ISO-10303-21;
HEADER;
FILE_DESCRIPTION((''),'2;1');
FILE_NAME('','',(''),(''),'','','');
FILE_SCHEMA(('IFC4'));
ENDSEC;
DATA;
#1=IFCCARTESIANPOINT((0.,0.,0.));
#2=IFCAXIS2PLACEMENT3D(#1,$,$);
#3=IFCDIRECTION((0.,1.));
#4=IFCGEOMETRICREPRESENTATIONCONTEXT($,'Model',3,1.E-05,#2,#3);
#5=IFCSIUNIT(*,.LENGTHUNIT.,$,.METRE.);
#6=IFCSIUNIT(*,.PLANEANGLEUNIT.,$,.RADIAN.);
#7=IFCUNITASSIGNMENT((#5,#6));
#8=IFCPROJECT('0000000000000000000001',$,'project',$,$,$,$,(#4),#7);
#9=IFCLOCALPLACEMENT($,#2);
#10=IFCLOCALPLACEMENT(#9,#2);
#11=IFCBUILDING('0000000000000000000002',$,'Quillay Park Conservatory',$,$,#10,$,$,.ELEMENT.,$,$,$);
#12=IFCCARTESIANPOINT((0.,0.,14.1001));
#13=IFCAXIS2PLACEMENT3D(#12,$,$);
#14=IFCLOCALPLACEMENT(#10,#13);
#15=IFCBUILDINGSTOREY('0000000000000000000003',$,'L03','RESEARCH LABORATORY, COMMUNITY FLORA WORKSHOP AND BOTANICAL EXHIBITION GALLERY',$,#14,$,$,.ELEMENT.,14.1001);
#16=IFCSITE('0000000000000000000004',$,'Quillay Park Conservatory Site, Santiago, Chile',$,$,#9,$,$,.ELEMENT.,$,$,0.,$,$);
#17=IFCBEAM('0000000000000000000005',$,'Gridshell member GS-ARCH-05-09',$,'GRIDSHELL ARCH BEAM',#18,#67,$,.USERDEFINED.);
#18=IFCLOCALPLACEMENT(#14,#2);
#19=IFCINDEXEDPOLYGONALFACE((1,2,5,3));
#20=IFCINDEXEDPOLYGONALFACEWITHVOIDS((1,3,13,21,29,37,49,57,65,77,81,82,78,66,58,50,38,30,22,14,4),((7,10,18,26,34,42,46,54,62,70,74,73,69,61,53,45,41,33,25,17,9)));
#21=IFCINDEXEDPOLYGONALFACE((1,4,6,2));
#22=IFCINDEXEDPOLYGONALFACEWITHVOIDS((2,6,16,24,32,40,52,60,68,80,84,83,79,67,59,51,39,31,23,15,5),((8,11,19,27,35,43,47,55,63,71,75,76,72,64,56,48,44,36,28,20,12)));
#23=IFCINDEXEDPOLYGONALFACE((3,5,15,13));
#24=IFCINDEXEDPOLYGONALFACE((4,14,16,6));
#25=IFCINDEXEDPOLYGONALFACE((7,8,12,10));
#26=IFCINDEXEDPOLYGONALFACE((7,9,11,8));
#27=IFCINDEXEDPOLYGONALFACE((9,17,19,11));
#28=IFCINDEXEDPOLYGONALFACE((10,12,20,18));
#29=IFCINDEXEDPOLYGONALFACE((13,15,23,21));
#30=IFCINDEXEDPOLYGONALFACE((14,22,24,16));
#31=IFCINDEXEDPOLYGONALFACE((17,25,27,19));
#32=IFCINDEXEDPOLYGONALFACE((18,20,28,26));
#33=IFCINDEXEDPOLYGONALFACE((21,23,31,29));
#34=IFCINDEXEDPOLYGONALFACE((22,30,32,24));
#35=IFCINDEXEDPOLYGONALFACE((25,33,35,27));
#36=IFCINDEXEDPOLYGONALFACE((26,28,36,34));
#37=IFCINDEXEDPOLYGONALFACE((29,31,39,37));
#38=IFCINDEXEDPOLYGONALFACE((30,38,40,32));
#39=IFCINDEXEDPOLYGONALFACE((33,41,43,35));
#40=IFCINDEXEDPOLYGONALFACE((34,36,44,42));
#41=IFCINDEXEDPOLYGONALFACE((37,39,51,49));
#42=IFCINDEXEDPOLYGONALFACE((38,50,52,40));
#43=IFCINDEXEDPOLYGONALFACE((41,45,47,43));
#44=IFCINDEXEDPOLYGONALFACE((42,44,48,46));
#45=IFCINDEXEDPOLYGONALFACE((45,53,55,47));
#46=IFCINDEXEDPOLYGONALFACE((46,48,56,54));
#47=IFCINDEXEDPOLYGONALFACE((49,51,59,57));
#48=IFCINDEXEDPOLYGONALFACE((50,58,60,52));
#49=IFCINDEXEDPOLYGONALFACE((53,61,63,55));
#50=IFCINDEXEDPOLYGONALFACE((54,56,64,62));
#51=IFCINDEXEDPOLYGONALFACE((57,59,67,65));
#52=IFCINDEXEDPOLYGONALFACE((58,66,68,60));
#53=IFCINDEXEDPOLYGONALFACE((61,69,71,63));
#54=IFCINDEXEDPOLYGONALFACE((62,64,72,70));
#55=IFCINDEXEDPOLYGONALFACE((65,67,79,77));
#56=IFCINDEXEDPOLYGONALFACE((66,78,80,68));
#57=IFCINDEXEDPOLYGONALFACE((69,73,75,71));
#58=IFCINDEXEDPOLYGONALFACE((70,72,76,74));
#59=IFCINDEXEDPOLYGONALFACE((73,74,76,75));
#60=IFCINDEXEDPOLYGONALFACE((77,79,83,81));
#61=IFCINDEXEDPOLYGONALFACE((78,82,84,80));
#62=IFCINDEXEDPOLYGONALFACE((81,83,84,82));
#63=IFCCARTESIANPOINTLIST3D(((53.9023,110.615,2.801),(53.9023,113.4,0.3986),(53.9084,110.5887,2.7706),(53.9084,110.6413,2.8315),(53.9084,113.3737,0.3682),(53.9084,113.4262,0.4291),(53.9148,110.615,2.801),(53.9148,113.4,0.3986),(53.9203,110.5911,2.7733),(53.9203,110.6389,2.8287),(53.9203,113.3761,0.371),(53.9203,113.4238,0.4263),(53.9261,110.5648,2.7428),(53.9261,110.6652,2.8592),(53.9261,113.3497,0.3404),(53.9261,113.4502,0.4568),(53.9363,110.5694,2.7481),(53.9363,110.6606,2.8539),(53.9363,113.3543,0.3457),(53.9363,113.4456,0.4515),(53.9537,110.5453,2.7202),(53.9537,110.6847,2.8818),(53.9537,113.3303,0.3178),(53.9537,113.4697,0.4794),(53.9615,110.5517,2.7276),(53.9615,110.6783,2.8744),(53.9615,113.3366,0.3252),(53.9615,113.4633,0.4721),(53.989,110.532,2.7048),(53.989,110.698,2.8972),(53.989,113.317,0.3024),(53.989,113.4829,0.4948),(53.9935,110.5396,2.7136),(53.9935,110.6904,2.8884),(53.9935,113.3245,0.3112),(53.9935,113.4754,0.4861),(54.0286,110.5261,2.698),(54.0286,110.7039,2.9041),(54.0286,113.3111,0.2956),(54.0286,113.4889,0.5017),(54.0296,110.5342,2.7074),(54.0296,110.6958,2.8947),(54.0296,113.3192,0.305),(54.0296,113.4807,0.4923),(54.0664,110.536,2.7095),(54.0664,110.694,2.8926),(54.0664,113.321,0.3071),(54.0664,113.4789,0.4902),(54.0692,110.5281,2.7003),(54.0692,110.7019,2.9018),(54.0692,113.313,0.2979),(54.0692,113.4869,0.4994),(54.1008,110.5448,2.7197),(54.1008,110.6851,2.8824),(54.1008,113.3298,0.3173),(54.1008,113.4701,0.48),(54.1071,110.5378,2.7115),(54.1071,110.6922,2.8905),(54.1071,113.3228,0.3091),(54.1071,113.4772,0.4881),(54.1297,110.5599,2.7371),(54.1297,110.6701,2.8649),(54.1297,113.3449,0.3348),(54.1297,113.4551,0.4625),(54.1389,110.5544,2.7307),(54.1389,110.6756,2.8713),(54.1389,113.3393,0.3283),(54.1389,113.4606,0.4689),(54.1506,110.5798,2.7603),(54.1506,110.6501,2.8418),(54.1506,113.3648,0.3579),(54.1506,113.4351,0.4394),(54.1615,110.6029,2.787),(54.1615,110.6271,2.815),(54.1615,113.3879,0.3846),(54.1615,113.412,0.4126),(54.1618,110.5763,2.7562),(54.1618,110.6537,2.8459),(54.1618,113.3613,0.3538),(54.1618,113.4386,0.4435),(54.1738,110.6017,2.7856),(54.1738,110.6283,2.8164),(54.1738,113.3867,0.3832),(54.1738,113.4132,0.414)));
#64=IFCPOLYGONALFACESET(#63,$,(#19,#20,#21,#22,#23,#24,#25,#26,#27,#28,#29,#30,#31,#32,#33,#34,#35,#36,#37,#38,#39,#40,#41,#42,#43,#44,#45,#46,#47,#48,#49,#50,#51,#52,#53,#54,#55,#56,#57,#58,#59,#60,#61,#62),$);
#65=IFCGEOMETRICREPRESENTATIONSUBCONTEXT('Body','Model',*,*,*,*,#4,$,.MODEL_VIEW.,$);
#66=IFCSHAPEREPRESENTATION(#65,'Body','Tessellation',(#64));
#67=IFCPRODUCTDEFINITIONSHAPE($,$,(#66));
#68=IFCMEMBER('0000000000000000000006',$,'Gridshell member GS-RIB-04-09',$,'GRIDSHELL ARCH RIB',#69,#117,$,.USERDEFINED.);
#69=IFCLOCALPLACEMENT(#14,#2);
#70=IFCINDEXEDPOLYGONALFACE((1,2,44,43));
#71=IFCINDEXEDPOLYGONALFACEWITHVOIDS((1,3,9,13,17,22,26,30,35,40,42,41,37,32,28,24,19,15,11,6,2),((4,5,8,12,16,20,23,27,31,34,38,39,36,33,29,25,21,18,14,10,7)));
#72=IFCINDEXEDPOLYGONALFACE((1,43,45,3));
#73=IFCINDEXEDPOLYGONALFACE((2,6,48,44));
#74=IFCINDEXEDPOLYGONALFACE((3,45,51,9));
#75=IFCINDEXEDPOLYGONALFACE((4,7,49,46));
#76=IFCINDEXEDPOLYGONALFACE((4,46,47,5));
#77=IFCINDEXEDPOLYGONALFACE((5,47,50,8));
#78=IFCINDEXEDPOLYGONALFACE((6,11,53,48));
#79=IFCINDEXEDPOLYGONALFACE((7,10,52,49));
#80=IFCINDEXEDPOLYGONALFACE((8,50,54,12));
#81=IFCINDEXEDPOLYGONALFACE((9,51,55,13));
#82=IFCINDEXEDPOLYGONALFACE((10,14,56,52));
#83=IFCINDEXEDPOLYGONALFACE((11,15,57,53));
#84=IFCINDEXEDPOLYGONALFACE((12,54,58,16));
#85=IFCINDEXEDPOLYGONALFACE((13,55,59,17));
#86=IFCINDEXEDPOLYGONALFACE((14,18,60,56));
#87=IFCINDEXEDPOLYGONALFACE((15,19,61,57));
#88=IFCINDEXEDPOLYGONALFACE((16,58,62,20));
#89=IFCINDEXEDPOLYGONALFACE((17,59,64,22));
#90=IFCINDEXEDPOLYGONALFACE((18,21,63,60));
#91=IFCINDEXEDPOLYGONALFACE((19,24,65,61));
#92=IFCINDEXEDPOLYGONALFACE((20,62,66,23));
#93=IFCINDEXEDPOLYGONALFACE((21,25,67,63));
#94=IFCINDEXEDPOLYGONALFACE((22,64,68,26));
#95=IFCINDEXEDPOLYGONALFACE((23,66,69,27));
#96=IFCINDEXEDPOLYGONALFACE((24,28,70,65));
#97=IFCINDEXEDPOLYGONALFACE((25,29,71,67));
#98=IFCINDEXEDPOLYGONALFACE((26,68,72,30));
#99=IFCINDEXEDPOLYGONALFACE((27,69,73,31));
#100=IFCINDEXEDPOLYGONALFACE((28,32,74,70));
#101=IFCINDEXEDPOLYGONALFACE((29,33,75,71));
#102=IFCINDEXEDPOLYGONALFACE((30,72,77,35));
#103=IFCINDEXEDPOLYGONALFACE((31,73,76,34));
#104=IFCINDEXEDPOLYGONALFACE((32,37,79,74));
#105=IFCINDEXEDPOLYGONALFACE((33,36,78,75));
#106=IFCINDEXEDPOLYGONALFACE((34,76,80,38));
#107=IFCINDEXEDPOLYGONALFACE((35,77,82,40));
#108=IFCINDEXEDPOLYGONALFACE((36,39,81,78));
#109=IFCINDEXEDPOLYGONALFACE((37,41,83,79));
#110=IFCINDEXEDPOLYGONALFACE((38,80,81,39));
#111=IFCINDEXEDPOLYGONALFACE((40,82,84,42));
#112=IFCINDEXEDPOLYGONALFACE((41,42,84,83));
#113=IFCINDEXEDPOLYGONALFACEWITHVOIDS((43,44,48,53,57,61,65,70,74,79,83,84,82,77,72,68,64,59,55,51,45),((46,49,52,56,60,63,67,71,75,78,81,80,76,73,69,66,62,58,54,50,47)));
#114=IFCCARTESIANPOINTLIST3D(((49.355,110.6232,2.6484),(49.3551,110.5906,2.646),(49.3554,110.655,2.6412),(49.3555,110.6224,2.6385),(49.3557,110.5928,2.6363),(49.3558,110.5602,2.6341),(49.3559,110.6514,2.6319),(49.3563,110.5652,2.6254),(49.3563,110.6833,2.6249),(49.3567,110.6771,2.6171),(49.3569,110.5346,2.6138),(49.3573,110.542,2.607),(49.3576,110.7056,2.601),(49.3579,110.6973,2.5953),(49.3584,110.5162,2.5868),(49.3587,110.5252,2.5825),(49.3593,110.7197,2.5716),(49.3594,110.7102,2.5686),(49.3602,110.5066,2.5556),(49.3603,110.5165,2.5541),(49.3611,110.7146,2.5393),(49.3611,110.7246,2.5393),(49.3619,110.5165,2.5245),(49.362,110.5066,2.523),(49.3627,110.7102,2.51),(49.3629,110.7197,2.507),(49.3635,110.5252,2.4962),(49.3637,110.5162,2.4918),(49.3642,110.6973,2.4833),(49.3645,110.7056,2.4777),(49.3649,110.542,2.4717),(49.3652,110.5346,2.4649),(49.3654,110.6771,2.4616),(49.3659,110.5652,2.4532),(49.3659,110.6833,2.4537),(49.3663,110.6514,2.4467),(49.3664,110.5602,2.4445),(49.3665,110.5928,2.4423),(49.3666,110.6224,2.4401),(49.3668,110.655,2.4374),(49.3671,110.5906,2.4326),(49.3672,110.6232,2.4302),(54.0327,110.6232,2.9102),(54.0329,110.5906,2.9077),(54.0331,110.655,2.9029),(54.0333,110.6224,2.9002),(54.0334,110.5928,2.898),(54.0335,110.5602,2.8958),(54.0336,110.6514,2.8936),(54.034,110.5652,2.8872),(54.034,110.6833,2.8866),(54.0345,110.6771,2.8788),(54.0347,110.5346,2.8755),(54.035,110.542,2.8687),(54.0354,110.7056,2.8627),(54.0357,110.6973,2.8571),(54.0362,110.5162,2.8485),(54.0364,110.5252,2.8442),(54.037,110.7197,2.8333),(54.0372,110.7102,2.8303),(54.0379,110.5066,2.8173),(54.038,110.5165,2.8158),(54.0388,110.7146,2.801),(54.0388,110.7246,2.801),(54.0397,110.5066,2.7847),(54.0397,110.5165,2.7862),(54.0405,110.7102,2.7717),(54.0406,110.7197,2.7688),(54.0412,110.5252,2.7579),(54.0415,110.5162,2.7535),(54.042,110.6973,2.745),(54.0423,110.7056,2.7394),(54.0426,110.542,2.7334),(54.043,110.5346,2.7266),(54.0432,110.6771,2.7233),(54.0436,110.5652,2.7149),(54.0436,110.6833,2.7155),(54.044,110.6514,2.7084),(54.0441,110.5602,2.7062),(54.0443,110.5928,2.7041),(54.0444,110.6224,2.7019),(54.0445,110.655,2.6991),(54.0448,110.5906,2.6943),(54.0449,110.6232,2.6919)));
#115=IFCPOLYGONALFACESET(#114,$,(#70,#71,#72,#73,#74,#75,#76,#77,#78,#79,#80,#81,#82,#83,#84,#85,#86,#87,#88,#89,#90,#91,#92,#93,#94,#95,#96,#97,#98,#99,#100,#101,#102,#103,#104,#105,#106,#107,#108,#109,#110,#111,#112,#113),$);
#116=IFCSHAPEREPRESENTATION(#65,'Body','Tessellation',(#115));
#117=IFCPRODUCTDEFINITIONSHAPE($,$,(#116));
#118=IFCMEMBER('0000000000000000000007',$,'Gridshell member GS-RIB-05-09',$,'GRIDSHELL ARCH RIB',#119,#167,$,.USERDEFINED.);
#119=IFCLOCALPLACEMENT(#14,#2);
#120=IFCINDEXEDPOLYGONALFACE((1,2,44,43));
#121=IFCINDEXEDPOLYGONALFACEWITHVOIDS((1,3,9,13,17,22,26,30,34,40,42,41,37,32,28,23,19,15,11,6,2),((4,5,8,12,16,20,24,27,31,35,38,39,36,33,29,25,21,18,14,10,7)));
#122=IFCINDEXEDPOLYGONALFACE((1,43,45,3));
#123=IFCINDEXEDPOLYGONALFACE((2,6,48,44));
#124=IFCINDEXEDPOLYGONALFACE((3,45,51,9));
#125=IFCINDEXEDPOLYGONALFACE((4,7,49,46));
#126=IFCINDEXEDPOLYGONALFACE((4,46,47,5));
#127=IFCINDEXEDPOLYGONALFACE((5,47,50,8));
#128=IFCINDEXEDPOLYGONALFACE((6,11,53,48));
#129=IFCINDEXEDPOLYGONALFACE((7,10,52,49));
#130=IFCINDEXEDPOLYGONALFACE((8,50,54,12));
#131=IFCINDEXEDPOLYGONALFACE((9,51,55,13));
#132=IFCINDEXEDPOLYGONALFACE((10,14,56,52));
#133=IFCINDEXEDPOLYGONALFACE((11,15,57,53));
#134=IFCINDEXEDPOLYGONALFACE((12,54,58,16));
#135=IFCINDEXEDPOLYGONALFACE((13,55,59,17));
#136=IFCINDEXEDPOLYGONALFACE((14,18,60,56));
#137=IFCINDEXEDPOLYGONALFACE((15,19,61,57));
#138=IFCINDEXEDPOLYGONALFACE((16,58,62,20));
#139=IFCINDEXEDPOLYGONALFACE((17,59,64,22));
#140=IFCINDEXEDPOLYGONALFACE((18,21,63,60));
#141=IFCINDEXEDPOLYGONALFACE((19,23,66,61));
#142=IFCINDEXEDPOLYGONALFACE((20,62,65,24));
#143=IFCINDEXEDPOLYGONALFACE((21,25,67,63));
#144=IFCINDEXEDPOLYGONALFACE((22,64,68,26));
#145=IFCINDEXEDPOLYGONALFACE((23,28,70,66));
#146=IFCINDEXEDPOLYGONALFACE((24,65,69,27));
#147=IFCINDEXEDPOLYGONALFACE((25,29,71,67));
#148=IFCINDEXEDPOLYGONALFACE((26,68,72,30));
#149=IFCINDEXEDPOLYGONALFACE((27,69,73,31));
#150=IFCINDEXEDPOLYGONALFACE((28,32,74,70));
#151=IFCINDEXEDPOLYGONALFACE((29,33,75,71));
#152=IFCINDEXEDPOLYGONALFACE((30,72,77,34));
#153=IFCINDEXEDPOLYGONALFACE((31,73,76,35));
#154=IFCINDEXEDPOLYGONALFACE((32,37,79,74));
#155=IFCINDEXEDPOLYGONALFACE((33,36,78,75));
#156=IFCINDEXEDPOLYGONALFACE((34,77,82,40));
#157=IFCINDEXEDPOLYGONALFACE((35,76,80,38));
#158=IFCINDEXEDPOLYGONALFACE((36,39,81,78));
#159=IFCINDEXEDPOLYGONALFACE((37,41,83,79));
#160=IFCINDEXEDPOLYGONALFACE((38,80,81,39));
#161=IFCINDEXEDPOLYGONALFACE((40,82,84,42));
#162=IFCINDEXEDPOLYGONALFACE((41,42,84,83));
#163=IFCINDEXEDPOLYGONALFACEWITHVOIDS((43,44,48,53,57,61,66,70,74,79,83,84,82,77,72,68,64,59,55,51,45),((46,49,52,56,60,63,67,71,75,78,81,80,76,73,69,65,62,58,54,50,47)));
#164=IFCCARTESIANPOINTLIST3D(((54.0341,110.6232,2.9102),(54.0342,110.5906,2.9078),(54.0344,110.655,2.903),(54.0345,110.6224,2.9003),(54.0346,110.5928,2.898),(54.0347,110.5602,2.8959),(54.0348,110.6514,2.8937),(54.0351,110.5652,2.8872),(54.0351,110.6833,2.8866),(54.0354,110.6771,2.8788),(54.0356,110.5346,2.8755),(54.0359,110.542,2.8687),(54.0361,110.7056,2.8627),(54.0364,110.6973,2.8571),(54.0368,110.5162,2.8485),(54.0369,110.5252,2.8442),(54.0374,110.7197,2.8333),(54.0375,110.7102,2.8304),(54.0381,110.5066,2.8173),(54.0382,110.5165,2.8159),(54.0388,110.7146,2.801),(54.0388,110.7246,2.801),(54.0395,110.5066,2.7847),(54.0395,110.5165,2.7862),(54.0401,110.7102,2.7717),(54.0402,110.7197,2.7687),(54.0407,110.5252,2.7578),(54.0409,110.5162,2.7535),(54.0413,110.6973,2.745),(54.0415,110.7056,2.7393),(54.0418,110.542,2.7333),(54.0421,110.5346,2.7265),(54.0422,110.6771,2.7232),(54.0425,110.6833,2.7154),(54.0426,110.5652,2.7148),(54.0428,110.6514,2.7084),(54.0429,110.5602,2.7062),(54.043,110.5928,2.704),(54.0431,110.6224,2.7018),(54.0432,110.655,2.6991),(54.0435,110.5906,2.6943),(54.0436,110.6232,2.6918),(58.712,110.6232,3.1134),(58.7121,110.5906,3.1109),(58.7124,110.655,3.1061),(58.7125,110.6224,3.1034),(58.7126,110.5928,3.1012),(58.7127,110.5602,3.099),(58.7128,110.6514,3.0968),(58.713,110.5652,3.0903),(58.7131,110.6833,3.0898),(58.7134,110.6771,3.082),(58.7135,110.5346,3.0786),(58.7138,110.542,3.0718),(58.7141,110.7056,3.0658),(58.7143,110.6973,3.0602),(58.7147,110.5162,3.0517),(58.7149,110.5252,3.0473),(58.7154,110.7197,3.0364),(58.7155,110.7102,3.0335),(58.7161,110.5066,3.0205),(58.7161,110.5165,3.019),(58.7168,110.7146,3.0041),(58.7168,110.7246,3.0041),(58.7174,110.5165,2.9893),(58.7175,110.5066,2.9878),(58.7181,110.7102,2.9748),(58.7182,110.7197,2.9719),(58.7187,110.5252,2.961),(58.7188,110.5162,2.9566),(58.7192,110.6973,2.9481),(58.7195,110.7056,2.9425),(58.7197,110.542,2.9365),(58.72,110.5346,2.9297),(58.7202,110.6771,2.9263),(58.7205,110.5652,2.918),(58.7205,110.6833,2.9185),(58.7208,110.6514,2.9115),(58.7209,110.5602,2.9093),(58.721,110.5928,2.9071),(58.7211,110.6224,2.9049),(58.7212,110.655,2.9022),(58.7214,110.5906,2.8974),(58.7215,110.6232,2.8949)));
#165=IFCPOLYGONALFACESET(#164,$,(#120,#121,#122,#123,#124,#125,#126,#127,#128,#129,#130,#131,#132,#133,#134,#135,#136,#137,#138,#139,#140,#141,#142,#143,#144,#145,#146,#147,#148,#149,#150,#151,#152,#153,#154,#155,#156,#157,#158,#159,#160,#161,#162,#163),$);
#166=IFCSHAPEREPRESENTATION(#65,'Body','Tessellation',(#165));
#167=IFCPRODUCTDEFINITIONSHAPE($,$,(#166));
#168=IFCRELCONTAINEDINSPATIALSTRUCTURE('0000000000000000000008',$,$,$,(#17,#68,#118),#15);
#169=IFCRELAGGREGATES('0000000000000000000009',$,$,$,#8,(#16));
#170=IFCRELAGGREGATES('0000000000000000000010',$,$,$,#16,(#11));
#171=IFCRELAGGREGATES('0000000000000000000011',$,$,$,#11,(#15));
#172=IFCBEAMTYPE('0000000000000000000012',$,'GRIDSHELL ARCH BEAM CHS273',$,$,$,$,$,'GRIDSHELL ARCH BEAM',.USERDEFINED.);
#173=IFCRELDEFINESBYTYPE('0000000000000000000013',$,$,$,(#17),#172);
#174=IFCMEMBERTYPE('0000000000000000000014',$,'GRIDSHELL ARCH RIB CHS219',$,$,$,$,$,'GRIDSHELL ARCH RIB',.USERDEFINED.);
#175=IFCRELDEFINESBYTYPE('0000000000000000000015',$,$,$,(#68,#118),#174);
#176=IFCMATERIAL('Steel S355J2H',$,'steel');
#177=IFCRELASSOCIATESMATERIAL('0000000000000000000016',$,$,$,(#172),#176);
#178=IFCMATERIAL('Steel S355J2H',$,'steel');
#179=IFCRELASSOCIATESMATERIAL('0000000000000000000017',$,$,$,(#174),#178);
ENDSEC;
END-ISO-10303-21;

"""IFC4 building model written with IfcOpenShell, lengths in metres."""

from ifc_helpers import new_model, si_unit, direction, frame, origin, origin_2d, place, context, subcontext, project, spatial, hollow_circle, extrude, material, material_profile, profile_set, type_object, element, save


model = new_model("IFC4")

# Units and contexts
model_context = context("Model", 3, precision=1e-05, world=origin(), true_north=direction((0.0, 1.0)))
body_context = subcontext(model_context, "Body", "Model", "MODEL_VIEW")
ifc_project = project(units=[si_unit("LENGTHUNIT", "METRE"), si_unit("PLANEANGLEUNIT", "RADIAN")], contexts=[model_context])

# Site, building, storey
site_placement = place(None, origin())
site = spatial("IfcSite", under=ifc_project, at=site_placement, Name="Quillay Park Conservatory Site, Santiago, Chile", CompositionType="ELEMENT", RefElevation=0.0)
building_placement = place(site_placement, origin())
building = spatial("IfcBuilding", under=site, at=building_placement, Name="Quillay Park Conservatory", CompositionType="ELEMENT")
storey_placement = place(building_placement, frame((0.0, 0.0, 14.1001)))
storey = spatial("IfcBuildingStorey", under=building, at=storey_placement, Name="L03", Description="RESEARCH LABORATORY, COMMUNITY FLORA WORKSHOP AND BOTANICAL EXHIBITION GALLERY", CompositionType="ELEMENT", Elevation=14.1001)

# Beam
ifc_material_1 = material(Name="Steel S355J2H", Category="steel")
ifc_material_profile_1 = material_profile(ifc_material_1, hollow_circle(Radius=0.1365, WallThickness=0.0125, at=origin_2d()), Name="CHS273x12.5")
ifc_profile_set_1 = profile_set([ifc_material_profile_1], Name="Steel S355J2H")
beam_type = type_object("IfcBeamType", Name="GRIDSHELL ARCH BEAM CHS273", ElementType="GRIDSHELL ARCH BEAM", PredefinedType="USERDEFINED", material=ifc_profile_set_1)
beam_1_placement = place(storey_placement, frame((54.0388, 110.615, 2.801), z_axis=(0.0, 0.757201, -0.653183), x_axis=(-1.0, 0.0, 0.0)))
element("IfcBeam", 1, at=beam_1_placement, inside=storey, type_object=beam_type, Name="Gridshell member GS-ARCH-05-09", ObjectType="GRIDSHELL ARCH BEAM", PredefinedType="USERDEFINED", context=body_context, shape_type="SweptSolid", body=[
    extrude(hollow_circle(Radius=0.1365, WallThickness=0.0125, at=origin_2d()), origin(), (0.0, 0.0, 1.0), 3.678),
])

# Members
ifc_material_2 = material(Name="Steel S355J2H", Category="steel")
ifc_material_profile_2 = material_profile(ifc_material_2, hollow_circle(Radius=0.1096, WallThickness=0.01, at=origin_2d()), Name="CHS219.1x10")
ifc_profile_set_2 = profile_set([ifc_material_profile_2], Name="Steel S355J2H")
member_type = type_object("IfcMemberType", Name="GRIDSHELL ARCH RIB CHS219", ElementType="GRIDSHELL ARCH RIB", PredefinedType="USERDEFINED", material=ifc_profile_set_2)
member_1_placement = place(storey_placement, frame((49.3611, 110.615, 2.5393), z_axis=(0.998438, 0.0, 0.055863), x_axis=(0.0, 1.0, 0.0)))
element("IfcMember", 2, at=member_1_placement, inside=storey, type_object=member_type, Name="Gridshell member GS-RIB-04-09", ObjectType="GRIDSHELL ARCH RIB", PredefinedType="USERDEFINED", context=body_context, shape_type="SweptSolid", body=[
    extrude(hollow_circle(Radius=0.1096, WallThickness=0.01, at=origin_2d()), origin(), (0.0, 0.0, 1.0), 4.6851),
])
member_2_placement = place(storey_placement, frame((54.0388, 110.615, 2.801), z_axis=(0.999059, 0.0, 0.043381), x_axis=(0.0, 1.0, 0.0)))
element("IfcMember", 3, at=member_2_placement, inside=storey, type_object=member_type, Name="Gridshell member GS-RIB-05-09", ObjectType="GRIDSHELL ARCH RIB", PredefinedType="USERDEFINED", context=body_context, shape_type="SweptSolid", body=[
    extrude(hollow_circle(Radius=0.1096, WallThickness=0.01, at=origin_2d()), origin(), (0.0, 0.0, 1.0), 4.6824),
])

save(model, "model.ifc")
